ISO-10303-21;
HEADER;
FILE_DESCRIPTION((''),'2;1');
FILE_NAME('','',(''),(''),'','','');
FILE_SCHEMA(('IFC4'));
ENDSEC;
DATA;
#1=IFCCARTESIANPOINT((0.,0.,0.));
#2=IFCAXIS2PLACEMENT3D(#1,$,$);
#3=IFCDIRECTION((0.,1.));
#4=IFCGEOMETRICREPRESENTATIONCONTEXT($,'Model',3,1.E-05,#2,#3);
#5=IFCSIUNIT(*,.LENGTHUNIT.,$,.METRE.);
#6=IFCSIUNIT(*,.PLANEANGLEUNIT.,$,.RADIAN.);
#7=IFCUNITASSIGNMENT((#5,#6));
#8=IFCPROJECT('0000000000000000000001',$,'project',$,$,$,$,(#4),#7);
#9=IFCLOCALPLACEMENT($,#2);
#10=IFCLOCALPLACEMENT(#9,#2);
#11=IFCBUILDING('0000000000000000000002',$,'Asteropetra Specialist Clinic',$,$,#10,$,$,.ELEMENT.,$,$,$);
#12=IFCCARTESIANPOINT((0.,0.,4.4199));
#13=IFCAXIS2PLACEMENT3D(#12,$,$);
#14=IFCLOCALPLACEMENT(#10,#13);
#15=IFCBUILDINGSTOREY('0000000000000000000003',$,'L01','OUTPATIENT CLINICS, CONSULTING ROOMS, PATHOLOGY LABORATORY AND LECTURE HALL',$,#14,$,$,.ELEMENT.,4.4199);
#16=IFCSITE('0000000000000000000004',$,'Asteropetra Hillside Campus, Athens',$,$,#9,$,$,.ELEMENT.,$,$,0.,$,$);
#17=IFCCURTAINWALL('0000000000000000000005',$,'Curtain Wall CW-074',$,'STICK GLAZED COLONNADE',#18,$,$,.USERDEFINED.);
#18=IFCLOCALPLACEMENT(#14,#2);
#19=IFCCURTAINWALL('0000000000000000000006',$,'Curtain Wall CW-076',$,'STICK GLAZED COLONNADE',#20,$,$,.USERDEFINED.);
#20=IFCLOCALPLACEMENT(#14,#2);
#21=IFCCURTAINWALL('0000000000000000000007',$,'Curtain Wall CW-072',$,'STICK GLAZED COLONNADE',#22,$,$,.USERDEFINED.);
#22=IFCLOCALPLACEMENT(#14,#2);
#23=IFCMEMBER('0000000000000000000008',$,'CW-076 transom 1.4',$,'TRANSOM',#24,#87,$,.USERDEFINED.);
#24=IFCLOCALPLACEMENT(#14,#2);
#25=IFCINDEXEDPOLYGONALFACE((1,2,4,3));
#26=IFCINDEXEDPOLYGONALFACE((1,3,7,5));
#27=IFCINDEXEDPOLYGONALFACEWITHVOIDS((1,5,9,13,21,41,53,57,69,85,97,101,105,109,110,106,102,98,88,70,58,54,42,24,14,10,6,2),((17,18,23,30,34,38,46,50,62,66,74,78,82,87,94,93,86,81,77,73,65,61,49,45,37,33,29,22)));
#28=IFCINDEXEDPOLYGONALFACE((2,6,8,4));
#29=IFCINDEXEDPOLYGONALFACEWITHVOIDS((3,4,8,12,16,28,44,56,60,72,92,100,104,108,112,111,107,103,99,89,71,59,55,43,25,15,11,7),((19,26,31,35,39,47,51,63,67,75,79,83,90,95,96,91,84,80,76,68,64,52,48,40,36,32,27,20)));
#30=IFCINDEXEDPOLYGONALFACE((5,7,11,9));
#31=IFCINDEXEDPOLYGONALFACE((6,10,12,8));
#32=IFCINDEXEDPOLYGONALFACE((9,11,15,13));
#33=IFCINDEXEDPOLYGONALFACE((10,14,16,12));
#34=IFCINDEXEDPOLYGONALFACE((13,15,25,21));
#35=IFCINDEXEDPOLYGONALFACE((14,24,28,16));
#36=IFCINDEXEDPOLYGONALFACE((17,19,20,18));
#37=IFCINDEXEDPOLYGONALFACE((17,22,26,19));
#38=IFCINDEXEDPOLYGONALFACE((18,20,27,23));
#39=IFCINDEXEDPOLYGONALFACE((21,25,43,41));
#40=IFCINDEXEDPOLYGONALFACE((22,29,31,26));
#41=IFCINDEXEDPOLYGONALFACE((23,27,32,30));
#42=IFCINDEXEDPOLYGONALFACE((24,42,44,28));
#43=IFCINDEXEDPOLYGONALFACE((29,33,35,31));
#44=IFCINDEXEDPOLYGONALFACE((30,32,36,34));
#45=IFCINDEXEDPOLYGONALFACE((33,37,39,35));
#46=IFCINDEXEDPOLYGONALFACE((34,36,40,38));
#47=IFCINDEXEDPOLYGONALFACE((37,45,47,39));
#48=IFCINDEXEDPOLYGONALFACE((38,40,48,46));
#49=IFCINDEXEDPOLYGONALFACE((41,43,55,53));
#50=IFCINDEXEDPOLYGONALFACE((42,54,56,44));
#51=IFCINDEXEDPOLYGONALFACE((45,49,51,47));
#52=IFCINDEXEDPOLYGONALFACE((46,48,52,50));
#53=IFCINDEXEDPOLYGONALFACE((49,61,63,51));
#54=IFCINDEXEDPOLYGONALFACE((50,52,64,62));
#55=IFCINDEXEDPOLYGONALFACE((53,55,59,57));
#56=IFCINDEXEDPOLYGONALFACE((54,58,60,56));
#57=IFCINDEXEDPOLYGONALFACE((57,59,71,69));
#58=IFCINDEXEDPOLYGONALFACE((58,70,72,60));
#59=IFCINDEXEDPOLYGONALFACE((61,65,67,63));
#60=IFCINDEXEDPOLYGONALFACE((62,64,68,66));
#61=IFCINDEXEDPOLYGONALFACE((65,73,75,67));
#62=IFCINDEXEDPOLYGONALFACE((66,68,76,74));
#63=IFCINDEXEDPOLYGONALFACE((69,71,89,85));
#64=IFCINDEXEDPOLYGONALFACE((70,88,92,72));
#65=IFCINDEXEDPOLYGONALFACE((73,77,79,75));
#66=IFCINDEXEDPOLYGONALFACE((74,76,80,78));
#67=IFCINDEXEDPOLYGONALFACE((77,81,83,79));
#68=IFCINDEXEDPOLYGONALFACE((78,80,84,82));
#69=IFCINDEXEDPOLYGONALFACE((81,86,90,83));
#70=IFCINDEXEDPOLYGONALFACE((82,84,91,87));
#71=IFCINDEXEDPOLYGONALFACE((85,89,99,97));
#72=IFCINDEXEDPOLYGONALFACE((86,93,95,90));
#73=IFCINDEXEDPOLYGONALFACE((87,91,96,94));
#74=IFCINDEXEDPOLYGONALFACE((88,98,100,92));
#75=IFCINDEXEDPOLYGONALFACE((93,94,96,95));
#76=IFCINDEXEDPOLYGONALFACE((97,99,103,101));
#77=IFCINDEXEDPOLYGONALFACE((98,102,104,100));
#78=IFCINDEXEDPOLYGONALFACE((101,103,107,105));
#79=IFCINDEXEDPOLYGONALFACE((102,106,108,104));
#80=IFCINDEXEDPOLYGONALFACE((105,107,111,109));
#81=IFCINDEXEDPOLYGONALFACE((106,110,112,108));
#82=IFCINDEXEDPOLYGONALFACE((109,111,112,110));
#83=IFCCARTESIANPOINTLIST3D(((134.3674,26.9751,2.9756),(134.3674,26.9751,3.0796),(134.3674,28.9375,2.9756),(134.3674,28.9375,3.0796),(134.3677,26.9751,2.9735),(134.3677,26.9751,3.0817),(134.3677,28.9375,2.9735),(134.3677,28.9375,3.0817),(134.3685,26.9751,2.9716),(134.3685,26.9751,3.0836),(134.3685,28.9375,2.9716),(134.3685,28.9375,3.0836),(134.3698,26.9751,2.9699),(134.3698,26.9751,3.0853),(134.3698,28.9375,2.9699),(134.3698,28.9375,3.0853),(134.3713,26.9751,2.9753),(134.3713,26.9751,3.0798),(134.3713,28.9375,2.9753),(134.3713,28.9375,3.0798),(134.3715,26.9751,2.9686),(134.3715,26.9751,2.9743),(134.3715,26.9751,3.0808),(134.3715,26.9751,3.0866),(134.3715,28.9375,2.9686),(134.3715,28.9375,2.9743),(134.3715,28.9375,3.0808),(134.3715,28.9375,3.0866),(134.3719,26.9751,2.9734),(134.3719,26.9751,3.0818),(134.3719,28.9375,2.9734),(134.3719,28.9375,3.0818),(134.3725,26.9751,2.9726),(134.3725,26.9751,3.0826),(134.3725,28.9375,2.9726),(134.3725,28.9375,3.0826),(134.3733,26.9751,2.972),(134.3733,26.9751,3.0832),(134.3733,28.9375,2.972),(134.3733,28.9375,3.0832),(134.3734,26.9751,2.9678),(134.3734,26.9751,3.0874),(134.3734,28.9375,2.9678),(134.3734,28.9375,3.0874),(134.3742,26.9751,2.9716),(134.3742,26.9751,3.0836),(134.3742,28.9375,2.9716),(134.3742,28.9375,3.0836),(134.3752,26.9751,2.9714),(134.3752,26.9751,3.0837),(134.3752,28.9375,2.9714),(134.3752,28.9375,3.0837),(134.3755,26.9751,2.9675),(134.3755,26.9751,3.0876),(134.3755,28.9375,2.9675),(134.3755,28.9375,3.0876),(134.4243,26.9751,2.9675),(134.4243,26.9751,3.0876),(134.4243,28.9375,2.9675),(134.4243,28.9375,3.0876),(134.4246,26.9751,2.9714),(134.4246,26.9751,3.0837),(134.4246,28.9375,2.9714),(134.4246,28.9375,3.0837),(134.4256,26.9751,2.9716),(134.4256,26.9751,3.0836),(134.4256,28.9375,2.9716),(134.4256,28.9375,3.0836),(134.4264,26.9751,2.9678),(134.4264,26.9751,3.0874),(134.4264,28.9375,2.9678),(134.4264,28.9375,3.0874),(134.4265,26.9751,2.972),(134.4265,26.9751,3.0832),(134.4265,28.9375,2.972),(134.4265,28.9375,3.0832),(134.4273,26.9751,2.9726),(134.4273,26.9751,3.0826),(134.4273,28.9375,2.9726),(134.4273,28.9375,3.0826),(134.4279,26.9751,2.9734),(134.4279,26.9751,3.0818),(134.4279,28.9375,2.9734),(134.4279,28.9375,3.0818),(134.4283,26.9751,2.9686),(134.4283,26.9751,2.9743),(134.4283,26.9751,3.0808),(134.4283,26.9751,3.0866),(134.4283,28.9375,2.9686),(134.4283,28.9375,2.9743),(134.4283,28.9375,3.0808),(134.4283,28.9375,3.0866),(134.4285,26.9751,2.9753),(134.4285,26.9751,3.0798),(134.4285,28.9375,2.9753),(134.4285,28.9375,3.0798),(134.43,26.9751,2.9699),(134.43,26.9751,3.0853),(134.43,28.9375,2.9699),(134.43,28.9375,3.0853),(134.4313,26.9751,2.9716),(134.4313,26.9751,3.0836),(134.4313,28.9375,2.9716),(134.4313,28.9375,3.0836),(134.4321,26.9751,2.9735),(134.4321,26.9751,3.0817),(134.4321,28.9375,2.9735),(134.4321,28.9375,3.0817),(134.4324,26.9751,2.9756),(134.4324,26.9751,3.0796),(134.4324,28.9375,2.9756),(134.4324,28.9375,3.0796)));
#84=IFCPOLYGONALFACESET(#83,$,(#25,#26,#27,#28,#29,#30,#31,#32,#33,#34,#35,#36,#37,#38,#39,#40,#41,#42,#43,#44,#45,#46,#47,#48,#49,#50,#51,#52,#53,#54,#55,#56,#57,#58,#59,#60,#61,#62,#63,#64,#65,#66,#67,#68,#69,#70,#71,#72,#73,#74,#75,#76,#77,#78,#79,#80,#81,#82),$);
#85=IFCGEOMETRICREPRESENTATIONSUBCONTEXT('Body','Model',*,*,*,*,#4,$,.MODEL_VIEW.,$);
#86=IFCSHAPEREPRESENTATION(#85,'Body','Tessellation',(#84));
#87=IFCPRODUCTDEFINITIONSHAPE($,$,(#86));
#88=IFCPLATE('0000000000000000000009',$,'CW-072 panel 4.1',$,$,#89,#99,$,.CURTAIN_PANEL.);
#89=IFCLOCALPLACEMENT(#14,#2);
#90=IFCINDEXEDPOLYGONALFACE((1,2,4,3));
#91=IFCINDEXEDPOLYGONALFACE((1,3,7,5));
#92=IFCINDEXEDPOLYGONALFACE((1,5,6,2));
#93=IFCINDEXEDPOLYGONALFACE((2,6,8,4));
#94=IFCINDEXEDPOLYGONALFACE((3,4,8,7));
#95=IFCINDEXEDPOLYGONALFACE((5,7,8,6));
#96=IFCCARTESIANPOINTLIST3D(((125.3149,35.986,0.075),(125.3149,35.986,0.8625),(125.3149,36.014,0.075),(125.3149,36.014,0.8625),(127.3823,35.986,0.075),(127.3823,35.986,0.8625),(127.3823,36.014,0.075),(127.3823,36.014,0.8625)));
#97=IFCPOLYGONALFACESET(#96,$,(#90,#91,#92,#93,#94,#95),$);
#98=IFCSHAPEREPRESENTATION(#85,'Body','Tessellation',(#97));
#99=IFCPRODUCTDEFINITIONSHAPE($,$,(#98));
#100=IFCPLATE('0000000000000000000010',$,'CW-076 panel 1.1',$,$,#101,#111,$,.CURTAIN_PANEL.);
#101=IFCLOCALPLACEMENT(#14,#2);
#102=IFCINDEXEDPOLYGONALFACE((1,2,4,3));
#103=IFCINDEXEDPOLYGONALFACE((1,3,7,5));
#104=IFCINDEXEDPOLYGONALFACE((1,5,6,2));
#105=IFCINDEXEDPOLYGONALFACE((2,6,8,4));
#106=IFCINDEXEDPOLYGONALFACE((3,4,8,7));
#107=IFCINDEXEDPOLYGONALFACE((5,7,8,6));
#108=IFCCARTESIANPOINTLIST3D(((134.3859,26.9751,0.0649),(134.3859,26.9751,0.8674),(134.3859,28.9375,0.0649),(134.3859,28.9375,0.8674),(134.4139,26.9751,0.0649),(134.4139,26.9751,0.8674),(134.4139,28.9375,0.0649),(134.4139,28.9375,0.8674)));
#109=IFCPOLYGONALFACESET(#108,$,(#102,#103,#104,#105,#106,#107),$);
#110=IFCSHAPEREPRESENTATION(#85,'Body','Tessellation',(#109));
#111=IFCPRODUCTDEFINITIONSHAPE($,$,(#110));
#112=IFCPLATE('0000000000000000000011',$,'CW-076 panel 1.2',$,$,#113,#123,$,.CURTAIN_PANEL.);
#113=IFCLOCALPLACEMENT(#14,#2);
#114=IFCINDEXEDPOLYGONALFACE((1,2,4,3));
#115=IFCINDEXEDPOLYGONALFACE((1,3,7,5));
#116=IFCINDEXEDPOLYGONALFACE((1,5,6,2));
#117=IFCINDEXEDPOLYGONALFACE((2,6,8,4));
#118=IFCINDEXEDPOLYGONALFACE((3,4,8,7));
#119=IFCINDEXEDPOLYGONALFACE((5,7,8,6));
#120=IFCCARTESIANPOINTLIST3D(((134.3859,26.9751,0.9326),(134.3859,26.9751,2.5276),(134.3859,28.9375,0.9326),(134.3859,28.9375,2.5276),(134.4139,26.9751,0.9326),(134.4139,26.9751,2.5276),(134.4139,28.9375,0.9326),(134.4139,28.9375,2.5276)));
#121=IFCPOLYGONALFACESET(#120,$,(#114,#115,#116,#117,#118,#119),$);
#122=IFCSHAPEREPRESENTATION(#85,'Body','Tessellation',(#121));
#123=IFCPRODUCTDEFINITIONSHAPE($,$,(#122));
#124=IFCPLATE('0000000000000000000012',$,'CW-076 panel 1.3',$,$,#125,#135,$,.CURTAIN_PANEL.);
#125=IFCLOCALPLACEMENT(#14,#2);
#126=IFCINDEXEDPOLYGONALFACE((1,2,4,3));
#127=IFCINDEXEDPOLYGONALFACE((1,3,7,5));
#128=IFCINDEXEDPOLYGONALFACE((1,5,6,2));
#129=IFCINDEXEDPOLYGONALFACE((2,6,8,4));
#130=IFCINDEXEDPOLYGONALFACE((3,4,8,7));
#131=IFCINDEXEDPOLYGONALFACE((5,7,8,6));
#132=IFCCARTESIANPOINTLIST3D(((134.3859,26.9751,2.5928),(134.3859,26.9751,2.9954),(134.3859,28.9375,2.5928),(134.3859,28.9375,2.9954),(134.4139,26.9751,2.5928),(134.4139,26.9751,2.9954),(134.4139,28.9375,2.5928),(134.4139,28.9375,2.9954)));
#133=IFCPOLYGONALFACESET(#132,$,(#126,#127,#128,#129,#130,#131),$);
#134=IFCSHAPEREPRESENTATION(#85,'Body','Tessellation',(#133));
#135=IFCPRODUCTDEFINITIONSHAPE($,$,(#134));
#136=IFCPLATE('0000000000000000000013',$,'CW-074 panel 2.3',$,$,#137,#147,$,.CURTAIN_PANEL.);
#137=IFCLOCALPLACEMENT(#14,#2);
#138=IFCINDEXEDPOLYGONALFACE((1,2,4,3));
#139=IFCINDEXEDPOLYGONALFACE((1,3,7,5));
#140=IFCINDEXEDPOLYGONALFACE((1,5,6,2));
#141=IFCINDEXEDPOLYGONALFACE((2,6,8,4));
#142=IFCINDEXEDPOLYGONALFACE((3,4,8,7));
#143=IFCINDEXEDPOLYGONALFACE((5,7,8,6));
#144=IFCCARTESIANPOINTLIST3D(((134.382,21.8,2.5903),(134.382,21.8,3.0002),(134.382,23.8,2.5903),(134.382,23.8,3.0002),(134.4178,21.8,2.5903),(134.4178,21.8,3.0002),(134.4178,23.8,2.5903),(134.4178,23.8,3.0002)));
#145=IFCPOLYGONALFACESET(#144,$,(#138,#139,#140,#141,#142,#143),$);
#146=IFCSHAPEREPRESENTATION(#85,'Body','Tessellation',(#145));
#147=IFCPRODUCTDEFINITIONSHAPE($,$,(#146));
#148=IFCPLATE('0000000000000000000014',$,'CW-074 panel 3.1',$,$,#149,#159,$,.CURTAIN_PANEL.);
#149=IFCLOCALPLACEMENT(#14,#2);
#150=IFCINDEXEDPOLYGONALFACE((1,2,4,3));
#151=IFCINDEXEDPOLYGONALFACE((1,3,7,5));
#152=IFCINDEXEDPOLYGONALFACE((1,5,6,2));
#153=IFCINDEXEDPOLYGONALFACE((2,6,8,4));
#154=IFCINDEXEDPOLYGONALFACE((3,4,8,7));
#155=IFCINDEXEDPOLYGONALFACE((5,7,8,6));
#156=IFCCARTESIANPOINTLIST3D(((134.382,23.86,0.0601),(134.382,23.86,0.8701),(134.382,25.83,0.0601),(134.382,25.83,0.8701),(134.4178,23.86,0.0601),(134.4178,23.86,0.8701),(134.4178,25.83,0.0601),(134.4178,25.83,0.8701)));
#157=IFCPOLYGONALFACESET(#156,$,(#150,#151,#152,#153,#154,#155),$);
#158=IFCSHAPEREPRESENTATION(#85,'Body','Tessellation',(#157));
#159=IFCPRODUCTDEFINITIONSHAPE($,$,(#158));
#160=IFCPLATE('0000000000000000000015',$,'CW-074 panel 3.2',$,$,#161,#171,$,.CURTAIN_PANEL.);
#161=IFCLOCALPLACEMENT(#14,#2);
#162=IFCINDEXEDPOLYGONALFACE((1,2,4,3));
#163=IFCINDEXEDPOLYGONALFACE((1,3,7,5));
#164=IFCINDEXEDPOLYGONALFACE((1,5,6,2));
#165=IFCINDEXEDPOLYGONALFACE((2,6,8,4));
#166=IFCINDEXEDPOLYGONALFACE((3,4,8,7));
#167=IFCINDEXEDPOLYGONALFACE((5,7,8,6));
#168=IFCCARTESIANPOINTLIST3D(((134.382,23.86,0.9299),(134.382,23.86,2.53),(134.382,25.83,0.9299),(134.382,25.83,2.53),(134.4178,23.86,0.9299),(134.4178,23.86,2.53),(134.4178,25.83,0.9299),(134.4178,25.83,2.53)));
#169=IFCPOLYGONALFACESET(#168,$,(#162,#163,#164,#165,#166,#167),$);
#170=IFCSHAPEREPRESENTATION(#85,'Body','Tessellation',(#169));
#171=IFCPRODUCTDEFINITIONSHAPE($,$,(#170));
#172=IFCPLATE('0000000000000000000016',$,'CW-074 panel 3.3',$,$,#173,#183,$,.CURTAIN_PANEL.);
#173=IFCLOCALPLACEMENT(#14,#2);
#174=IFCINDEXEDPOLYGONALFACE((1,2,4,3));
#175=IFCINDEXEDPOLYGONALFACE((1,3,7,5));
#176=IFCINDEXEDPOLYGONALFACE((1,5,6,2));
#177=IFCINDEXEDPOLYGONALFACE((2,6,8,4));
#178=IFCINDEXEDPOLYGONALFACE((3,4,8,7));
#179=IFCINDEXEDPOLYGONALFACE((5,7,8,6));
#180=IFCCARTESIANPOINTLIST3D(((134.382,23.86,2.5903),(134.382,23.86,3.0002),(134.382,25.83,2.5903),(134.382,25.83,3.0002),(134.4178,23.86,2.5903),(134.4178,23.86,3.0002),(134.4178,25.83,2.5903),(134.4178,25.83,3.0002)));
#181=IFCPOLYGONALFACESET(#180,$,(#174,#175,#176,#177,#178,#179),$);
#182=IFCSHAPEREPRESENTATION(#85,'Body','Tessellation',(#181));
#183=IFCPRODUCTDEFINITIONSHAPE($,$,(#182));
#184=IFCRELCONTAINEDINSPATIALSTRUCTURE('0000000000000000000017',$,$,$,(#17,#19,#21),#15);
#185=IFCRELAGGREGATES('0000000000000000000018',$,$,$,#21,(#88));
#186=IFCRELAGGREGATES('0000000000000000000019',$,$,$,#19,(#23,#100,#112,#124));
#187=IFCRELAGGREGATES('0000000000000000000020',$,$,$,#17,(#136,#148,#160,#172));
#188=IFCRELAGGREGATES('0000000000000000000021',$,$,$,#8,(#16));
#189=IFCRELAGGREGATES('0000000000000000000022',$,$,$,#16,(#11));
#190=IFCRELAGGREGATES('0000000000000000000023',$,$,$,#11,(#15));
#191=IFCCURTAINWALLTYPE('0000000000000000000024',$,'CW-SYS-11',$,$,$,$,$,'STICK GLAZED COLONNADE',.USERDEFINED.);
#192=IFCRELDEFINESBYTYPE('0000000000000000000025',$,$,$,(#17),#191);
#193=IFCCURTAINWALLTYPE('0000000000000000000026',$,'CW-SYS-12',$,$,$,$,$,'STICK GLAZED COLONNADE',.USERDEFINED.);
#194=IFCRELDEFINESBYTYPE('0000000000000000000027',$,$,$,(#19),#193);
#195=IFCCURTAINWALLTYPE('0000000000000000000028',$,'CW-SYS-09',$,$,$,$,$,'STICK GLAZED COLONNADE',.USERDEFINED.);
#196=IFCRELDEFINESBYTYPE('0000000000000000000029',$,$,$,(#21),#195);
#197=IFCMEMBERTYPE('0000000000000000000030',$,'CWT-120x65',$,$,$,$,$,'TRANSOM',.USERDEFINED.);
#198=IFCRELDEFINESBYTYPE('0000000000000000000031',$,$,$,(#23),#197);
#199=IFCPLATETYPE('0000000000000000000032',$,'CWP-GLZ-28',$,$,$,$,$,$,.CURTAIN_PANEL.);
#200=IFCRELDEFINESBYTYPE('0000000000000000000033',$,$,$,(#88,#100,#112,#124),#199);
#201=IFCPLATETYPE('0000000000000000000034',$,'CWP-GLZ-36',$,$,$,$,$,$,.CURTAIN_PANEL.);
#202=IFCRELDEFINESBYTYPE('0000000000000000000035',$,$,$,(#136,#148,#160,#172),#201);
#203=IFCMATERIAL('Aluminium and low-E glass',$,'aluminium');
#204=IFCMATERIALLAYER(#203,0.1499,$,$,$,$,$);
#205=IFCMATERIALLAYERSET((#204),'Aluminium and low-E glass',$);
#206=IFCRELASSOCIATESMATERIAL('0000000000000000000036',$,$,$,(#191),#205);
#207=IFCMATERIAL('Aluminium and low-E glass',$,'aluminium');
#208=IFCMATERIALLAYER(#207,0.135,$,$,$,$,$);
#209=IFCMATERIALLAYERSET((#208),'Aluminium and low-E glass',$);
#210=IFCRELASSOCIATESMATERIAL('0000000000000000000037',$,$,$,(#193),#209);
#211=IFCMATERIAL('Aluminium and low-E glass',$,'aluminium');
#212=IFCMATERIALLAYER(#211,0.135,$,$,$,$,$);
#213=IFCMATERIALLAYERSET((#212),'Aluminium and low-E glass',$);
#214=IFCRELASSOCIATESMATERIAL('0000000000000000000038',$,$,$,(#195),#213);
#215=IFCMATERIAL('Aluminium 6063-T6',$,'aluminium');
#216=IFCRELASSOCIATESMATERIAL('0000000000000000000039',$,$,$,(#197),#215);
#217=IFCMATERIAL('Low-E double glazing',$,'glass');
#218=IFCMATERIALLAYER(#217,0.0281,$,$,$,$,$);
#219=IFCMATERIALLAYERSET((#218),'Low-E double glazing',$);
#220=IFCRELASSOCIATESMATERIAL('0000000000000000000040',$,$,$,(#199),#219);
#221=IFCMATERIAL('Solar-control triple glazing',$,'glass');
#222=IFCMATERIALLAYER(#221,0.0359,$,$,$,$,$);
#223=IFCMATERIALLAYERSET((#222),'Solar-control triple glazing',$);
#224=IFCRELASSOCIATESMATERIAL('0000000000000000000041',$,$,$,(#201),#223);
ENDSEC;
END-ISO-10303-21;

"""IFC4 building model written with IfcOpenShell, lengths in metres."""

from ifc_helpers import new_model, si_unit, direction, frame, origin, origin_2d, place, context, subcontext, project, spatial, rectangle, hollow_rectangle, extrude, material, layer, layer_set, material_profile, profile_set, type_object, element, aggregate, save


model = new_model("IFC4")

# Units and contexts
model_context = context("Model", 3, precision=1e-05, world=origin(), true_north=direction((0.0, 1.0)))
body_context = subcontext(model_context, "Body", "Model", "MODEL_VIEW")
ifc_project = project(units=[si_unit("LENGTHUNIT", "METRE"), si_unit("PLANEANGLEUNIT", "RADIAN")], contexts=[model_context])

# Site, building, storey
site_placement = place(None, origin())
site = spatial("IfcSite", under=ifc_project, at=site_placement, Name="Asteropetra Hillside Campus, Athens", CompositionType="ELEMENT", RefElevation=0.0)
building_placement = place(site_placement, origin())
building = spatial("IfcBuilding", under=site, at=building_placement, Name="Asteropetra Specialist Clinic", CompositionType="ELEMENT")
storey_placement = place(building_placement, frame((0.0, 0.0, 4.4199)))
storey = spatial("IfcBuildingStorey", under=building, at=storey_placement, Name="L01", Description="OUTPATIENT CLINICS, CONSULTING ROOMS, PATHOLOGY LABORATORY AND LECTURE HALL", CompositionType="ELEMENT", Elevation=4.4199)

# Curtain walls
ifc_material_1 = material(Name="Aluminium and low-E glass", Category="aluminium")
ifc_layer_1 = layer(ifc_material_1, 0.1499)
ifc_layer_set_1 = layer_set([ifc_layer_1], Name="Aluminium and low-E glass")
curtain_wall_type_1 = type_object("IfcCurtainWallType", Name="CW-SYS-11", ElementType="STICK GLAZED COLONNADE", PredefinedType="USERDEFINED", material=ifc_layer_set_1)
curtain_wall_1_placement = place(storey_placement, origin())
curtain_wall_1 = element("IfcCurtainWall", 1, at=curtain_wall_1_placement, inside=storey, type_object=curtain_wall_type_1, Name="Curtain Wall CW-074", ObjectType="STICK GLAZED COLONNADE", PredefinedType="USERDEFINED")
ifc_material_2 = material(Name="Aluminium and low-E glass", Category="aluminium")
ifc_layer_2 = layer(ifc_material_2, 0.135)
ifc_layer_set_2 = layer_set([ifc_layer_2], Name="Aluminium and low-E glass")
curtain_wall_type_2 = type_object("IfcCurtainWallType", Name="CW-SYS-12", ElementType="STICK GLAZED COLONNADE", PredefinedType="USERDEFINED", material=ifc_layer_set_2)
curtain_wall_2_placement = place(storey_placement, origin())
curtain_wall_2 = element("IfcCurtainWall", 2, at=curtain_wall_2_placement, inside=storey, type_object=curtain_wall_type_2, Name="Curtain Wall CW-076", ObjectType="STICK GLAZED COLONNADE", PredefinedType="USERDEFINED")

# Curtain wall
ifc_material_3 = material(Name="Aluminium and low-E glass", Category="aluminium")
ifc_layer_3 = layer(ifc_material_3, 0.135)
ifc_layer_set_3 = layer_set([ifc_layer_3], Name="Aluminium and low-E glass")
curtain_wall_type_3 = type_object("IfcCurtainWallType", Name="CW-SYS-09", ElementType="STICK GLAZED COLONNADE", PredefinedType="USERDEFINED", material=ifc_layer_set_3)
curtain_wall_3_placement = place(storey_placement, origin())
curtain_wall_3 = element("IfcCurtainWall", 3, at=curtain_wall_3_placement, inside=storey, type_object=curtain_wall_type_3, Name="Curtain Wall CW-072", ObjectType="STICK GLAZED COLONNADE", PredefinedType="USERDEFINED")

# Member
ifc_material_4 = material(Name="Aluminium 6063-T6", Category="aluminium")
ifc_material_profile_1 = material_profile(ifc_material_4, hollow_rectangle(XDim=0.0649, YDim=0.1201, WallThickness=0.0039, InnerFilletRadius=0.0039, OuterFilletRadius=0.0081, at=origin_2d()), Name="TRN 120x65x4.0")
ifc_profile_set_1 = profile_set([ifc_material_profile_1], Name="Aluminium 6063-T6")
member_type_1 = type_object("IfcMemberType", Name="CWT-120x65", ElementType="TRANSOM", PredefinedType="USERDEFINED", material=ifc_profile_set_1)
member_1_placement = place(storey_placement, frame((134.3999, 26.9751, 3.0276), z_axis=(0.0, 1.0, 0.0), x_axis=(-1.0, 0.0, 0.0)))
member_1 = element("IfcMember", 4, at=member_1_placement, type_object=member_type_1, Name="CW-076 transom 1.4", ObjectType="TRANSOM", PredefinedType="USERDEFINED", context=body_context, shape_type="SweptSolid", body=[
    extrude(hollow_rectangle(XDim=0.0649, YDim=0.1201, WallThickness=0.0039, InnerFilletRadius=0.0039, OuterFilletRadius=0.0081, at=origin_2d()), origin(), (0.0, 0.0, 1.0), 1.9624),
])

# Plates
ifc_material_5 = material(Name="Low-E double glazing", Category="glass")
ifc_layer_4 = layer(ifc_material_5, 0.0281)
ifc_layer_set_4 = layer_set([ifc_layer_4], Name="Low-E double glazing")
plate_type_1 = type_object("IfcPlateType", Name="CWP-GLZ-28", PredefinedType="CURTAIN_PANEL", material=ifc_layer_set_4)
plate_1_placement = place(storey_placement, frame((126.3486, 36.0, 0.075), z_axis=(0.0, 0.0, 1.0), x_axis=(-1.0, 0.0, 0.0)))
plate_1 = element("IfcPlate", 5, at=plate_1_placement, type_object=plate_type_1, Name="CW-072 panel 4.1", PredefinedType="CURTAIN_PANEL", context=body_context, shape_type="SweptSolid", body=[
    extrude(rectangle(XDim=2.0674, YDim=0.0281, at=origin_2d()), origin(), (0.0, 0.0, 1.0), 0.7876),
])
aggregate(curtain_wall_3, [plate_1])
plate_2_placement = place(storey_placement, frame((134.3999, 27.9563, 0.0649), z_axis=(0.0, 0.0, 1.0), x_axis=(0.0, 1.0, 0.0)))
plate_2 = element("IfcPlate", 6, at=plate_2_placement, type_object=plate_type_1, Name="CW-076 panel 1.1", PredefinedType="CURTAIN_PANEL", context=body_context, shape_type="SweptSolid", body=[
    extrude(rectangle(XDim=1.9624, YDim=0.0281, at=origin_2d()), origin(), (0.0, 0.0, 1.0), 0.8025),
])
plate_3_placement = place(storey_placement, frame((134.3999, 27.9563, 0.9326), z_axis=(0.0, 0.0, 1.0), x_axis=(0.0, 1.0, 0.0)))
plate_3 = element("IfcPlate", 7, at=plate_3_placement, type_object=plate_type_1, Name="CW-076 panel 1.2", PredefinedType="CURTAIN_PANEL", context=body_context, shape_type="SweptSolid", body=[
    extrude(rectangle(XDim=1.9624, YDim=0.0281, at=origin_2d()), origin(), (0.0, 0.0, 1.0), 1.595),
])
plate_4_placement = place(storey_placement, frame((134.3999, 27.9563, 2.5928), z_axis=(0.0, 0.0, 1.0), x_axis=(0.0, 1.0, 0.0)))
plate_4 = element("IfcPlate", 8, at=plate_4_placement, type_object=plate_type_1, Name="CW-076 panel 1.3", PredefinedType="CURTAIN_PANEL", context=body_context, shape_type="SweptSolid", body=[
    extrude(rectangle(XDim=1.9624, YDim=0.0281, at=origin_2d()), origin(), (0.0, 0.0, 1.0), 0.4026),
])
aggregate(curtain_wall_2, [member_1, plate_2, plate_3, plate_4])
ifc_material_6 = material(Name="Solar-control triple glazing", Category="glass")
ifc_layer_5 = layer(ifc_material_6, 0.0359)
ifc_layer_set_5 = layer_set([ifc_layer_5], Name="Solar-control triple glazing")
plate_type_2 = type_object("IfcPlateType", Name="CWP-GLZ-36", PredefinedType="CURTAIN_PANEL", material=ifc_layer_set_5)
plate_5_placement = place(storey_placement, frame((134.3999, 22.8, 2.5903), z_axis=(0.0, 0.0, 1.0), x_axis=(0.0, 1.0, 0.0)))
plate_5 = element("IfcPlate", 9, at=plate_5_placement, type_object=plate_type_2, Name="CW-074 panel 2.3", PredefinedType="CURTAIN_PANEL", context=body_context, shape_type="SweptSolid", body=[
    extrude(rectangle(XDim=2.0, YDim=0.0359, at=origin_2d()), origin(), (0.0, 0.0, 1.0), 0.4099),
])
plate_6_placement = place(storey_placement, frame((134.3999, 24.845, 0.0601), z_axis=(0.0, 0.0, 1.0), x_axis=(0.0, 1.0, 0.0)))
plate_6 = element("IfcPlate", 10, at=plate_6_placement, type_object=plate_type_2, Name="CW-074 panel 3.1", PredefinedType="CURTAIN_PANEL", context=body_context, shape_type="SweptSolid", body=[
    extrude(rectangle(XDim=1.97, YDim=0.0359, at=origin_2d()), origin(), (0.0, 0.0, 1.0), 0.8101),
])
plate_7_placement = place(storey_placement, frame((134.3999, 24.845, 0.9299), z_axis=(0.0, 0.0, 1.0), x_axis=(0.0, 1.0, 0.0)))
plate_7 = element("IfcPlate", 11, at=plate_7_placement, type_object=plate_type_2, Name="CW-074 panel 3.2", PredefinedType="CURTAIN_PANEL", context=body_context, shape_type="SweptSolid", body=[
    extrude(rectangle(XDim=1.97, YDim=0.0359, at=origin_2d()), origin(), (0.0, 0.0, 1.0), 1.6001),
])
plate_8_placement = place(storey_placement, frame((134.3999, 24.845, 2.5903), z_axis=(0.0, 0.0, 1.0), x_axis=(0.0, 1.0, 0.0)))
plate_8 = element("IfcPlate", 12, at=plate_8_placement, type_object=plate_type_2, Name="CW-074 panel 3.3", PredefinedType="CURTAIN_PANEL", context=body_context, shape_type="SweptSolid", body=[
    extrude(rectangle(XDim=1.97, YDim=0.0359, at=origin_2d()), origin(), (0.0, 0.0, 1.0), 0.4099),
])
aggregate(curtain_wall_1, [plate_5, plate_6, plate_7, plate_8])

save(model, "model.ifc")
